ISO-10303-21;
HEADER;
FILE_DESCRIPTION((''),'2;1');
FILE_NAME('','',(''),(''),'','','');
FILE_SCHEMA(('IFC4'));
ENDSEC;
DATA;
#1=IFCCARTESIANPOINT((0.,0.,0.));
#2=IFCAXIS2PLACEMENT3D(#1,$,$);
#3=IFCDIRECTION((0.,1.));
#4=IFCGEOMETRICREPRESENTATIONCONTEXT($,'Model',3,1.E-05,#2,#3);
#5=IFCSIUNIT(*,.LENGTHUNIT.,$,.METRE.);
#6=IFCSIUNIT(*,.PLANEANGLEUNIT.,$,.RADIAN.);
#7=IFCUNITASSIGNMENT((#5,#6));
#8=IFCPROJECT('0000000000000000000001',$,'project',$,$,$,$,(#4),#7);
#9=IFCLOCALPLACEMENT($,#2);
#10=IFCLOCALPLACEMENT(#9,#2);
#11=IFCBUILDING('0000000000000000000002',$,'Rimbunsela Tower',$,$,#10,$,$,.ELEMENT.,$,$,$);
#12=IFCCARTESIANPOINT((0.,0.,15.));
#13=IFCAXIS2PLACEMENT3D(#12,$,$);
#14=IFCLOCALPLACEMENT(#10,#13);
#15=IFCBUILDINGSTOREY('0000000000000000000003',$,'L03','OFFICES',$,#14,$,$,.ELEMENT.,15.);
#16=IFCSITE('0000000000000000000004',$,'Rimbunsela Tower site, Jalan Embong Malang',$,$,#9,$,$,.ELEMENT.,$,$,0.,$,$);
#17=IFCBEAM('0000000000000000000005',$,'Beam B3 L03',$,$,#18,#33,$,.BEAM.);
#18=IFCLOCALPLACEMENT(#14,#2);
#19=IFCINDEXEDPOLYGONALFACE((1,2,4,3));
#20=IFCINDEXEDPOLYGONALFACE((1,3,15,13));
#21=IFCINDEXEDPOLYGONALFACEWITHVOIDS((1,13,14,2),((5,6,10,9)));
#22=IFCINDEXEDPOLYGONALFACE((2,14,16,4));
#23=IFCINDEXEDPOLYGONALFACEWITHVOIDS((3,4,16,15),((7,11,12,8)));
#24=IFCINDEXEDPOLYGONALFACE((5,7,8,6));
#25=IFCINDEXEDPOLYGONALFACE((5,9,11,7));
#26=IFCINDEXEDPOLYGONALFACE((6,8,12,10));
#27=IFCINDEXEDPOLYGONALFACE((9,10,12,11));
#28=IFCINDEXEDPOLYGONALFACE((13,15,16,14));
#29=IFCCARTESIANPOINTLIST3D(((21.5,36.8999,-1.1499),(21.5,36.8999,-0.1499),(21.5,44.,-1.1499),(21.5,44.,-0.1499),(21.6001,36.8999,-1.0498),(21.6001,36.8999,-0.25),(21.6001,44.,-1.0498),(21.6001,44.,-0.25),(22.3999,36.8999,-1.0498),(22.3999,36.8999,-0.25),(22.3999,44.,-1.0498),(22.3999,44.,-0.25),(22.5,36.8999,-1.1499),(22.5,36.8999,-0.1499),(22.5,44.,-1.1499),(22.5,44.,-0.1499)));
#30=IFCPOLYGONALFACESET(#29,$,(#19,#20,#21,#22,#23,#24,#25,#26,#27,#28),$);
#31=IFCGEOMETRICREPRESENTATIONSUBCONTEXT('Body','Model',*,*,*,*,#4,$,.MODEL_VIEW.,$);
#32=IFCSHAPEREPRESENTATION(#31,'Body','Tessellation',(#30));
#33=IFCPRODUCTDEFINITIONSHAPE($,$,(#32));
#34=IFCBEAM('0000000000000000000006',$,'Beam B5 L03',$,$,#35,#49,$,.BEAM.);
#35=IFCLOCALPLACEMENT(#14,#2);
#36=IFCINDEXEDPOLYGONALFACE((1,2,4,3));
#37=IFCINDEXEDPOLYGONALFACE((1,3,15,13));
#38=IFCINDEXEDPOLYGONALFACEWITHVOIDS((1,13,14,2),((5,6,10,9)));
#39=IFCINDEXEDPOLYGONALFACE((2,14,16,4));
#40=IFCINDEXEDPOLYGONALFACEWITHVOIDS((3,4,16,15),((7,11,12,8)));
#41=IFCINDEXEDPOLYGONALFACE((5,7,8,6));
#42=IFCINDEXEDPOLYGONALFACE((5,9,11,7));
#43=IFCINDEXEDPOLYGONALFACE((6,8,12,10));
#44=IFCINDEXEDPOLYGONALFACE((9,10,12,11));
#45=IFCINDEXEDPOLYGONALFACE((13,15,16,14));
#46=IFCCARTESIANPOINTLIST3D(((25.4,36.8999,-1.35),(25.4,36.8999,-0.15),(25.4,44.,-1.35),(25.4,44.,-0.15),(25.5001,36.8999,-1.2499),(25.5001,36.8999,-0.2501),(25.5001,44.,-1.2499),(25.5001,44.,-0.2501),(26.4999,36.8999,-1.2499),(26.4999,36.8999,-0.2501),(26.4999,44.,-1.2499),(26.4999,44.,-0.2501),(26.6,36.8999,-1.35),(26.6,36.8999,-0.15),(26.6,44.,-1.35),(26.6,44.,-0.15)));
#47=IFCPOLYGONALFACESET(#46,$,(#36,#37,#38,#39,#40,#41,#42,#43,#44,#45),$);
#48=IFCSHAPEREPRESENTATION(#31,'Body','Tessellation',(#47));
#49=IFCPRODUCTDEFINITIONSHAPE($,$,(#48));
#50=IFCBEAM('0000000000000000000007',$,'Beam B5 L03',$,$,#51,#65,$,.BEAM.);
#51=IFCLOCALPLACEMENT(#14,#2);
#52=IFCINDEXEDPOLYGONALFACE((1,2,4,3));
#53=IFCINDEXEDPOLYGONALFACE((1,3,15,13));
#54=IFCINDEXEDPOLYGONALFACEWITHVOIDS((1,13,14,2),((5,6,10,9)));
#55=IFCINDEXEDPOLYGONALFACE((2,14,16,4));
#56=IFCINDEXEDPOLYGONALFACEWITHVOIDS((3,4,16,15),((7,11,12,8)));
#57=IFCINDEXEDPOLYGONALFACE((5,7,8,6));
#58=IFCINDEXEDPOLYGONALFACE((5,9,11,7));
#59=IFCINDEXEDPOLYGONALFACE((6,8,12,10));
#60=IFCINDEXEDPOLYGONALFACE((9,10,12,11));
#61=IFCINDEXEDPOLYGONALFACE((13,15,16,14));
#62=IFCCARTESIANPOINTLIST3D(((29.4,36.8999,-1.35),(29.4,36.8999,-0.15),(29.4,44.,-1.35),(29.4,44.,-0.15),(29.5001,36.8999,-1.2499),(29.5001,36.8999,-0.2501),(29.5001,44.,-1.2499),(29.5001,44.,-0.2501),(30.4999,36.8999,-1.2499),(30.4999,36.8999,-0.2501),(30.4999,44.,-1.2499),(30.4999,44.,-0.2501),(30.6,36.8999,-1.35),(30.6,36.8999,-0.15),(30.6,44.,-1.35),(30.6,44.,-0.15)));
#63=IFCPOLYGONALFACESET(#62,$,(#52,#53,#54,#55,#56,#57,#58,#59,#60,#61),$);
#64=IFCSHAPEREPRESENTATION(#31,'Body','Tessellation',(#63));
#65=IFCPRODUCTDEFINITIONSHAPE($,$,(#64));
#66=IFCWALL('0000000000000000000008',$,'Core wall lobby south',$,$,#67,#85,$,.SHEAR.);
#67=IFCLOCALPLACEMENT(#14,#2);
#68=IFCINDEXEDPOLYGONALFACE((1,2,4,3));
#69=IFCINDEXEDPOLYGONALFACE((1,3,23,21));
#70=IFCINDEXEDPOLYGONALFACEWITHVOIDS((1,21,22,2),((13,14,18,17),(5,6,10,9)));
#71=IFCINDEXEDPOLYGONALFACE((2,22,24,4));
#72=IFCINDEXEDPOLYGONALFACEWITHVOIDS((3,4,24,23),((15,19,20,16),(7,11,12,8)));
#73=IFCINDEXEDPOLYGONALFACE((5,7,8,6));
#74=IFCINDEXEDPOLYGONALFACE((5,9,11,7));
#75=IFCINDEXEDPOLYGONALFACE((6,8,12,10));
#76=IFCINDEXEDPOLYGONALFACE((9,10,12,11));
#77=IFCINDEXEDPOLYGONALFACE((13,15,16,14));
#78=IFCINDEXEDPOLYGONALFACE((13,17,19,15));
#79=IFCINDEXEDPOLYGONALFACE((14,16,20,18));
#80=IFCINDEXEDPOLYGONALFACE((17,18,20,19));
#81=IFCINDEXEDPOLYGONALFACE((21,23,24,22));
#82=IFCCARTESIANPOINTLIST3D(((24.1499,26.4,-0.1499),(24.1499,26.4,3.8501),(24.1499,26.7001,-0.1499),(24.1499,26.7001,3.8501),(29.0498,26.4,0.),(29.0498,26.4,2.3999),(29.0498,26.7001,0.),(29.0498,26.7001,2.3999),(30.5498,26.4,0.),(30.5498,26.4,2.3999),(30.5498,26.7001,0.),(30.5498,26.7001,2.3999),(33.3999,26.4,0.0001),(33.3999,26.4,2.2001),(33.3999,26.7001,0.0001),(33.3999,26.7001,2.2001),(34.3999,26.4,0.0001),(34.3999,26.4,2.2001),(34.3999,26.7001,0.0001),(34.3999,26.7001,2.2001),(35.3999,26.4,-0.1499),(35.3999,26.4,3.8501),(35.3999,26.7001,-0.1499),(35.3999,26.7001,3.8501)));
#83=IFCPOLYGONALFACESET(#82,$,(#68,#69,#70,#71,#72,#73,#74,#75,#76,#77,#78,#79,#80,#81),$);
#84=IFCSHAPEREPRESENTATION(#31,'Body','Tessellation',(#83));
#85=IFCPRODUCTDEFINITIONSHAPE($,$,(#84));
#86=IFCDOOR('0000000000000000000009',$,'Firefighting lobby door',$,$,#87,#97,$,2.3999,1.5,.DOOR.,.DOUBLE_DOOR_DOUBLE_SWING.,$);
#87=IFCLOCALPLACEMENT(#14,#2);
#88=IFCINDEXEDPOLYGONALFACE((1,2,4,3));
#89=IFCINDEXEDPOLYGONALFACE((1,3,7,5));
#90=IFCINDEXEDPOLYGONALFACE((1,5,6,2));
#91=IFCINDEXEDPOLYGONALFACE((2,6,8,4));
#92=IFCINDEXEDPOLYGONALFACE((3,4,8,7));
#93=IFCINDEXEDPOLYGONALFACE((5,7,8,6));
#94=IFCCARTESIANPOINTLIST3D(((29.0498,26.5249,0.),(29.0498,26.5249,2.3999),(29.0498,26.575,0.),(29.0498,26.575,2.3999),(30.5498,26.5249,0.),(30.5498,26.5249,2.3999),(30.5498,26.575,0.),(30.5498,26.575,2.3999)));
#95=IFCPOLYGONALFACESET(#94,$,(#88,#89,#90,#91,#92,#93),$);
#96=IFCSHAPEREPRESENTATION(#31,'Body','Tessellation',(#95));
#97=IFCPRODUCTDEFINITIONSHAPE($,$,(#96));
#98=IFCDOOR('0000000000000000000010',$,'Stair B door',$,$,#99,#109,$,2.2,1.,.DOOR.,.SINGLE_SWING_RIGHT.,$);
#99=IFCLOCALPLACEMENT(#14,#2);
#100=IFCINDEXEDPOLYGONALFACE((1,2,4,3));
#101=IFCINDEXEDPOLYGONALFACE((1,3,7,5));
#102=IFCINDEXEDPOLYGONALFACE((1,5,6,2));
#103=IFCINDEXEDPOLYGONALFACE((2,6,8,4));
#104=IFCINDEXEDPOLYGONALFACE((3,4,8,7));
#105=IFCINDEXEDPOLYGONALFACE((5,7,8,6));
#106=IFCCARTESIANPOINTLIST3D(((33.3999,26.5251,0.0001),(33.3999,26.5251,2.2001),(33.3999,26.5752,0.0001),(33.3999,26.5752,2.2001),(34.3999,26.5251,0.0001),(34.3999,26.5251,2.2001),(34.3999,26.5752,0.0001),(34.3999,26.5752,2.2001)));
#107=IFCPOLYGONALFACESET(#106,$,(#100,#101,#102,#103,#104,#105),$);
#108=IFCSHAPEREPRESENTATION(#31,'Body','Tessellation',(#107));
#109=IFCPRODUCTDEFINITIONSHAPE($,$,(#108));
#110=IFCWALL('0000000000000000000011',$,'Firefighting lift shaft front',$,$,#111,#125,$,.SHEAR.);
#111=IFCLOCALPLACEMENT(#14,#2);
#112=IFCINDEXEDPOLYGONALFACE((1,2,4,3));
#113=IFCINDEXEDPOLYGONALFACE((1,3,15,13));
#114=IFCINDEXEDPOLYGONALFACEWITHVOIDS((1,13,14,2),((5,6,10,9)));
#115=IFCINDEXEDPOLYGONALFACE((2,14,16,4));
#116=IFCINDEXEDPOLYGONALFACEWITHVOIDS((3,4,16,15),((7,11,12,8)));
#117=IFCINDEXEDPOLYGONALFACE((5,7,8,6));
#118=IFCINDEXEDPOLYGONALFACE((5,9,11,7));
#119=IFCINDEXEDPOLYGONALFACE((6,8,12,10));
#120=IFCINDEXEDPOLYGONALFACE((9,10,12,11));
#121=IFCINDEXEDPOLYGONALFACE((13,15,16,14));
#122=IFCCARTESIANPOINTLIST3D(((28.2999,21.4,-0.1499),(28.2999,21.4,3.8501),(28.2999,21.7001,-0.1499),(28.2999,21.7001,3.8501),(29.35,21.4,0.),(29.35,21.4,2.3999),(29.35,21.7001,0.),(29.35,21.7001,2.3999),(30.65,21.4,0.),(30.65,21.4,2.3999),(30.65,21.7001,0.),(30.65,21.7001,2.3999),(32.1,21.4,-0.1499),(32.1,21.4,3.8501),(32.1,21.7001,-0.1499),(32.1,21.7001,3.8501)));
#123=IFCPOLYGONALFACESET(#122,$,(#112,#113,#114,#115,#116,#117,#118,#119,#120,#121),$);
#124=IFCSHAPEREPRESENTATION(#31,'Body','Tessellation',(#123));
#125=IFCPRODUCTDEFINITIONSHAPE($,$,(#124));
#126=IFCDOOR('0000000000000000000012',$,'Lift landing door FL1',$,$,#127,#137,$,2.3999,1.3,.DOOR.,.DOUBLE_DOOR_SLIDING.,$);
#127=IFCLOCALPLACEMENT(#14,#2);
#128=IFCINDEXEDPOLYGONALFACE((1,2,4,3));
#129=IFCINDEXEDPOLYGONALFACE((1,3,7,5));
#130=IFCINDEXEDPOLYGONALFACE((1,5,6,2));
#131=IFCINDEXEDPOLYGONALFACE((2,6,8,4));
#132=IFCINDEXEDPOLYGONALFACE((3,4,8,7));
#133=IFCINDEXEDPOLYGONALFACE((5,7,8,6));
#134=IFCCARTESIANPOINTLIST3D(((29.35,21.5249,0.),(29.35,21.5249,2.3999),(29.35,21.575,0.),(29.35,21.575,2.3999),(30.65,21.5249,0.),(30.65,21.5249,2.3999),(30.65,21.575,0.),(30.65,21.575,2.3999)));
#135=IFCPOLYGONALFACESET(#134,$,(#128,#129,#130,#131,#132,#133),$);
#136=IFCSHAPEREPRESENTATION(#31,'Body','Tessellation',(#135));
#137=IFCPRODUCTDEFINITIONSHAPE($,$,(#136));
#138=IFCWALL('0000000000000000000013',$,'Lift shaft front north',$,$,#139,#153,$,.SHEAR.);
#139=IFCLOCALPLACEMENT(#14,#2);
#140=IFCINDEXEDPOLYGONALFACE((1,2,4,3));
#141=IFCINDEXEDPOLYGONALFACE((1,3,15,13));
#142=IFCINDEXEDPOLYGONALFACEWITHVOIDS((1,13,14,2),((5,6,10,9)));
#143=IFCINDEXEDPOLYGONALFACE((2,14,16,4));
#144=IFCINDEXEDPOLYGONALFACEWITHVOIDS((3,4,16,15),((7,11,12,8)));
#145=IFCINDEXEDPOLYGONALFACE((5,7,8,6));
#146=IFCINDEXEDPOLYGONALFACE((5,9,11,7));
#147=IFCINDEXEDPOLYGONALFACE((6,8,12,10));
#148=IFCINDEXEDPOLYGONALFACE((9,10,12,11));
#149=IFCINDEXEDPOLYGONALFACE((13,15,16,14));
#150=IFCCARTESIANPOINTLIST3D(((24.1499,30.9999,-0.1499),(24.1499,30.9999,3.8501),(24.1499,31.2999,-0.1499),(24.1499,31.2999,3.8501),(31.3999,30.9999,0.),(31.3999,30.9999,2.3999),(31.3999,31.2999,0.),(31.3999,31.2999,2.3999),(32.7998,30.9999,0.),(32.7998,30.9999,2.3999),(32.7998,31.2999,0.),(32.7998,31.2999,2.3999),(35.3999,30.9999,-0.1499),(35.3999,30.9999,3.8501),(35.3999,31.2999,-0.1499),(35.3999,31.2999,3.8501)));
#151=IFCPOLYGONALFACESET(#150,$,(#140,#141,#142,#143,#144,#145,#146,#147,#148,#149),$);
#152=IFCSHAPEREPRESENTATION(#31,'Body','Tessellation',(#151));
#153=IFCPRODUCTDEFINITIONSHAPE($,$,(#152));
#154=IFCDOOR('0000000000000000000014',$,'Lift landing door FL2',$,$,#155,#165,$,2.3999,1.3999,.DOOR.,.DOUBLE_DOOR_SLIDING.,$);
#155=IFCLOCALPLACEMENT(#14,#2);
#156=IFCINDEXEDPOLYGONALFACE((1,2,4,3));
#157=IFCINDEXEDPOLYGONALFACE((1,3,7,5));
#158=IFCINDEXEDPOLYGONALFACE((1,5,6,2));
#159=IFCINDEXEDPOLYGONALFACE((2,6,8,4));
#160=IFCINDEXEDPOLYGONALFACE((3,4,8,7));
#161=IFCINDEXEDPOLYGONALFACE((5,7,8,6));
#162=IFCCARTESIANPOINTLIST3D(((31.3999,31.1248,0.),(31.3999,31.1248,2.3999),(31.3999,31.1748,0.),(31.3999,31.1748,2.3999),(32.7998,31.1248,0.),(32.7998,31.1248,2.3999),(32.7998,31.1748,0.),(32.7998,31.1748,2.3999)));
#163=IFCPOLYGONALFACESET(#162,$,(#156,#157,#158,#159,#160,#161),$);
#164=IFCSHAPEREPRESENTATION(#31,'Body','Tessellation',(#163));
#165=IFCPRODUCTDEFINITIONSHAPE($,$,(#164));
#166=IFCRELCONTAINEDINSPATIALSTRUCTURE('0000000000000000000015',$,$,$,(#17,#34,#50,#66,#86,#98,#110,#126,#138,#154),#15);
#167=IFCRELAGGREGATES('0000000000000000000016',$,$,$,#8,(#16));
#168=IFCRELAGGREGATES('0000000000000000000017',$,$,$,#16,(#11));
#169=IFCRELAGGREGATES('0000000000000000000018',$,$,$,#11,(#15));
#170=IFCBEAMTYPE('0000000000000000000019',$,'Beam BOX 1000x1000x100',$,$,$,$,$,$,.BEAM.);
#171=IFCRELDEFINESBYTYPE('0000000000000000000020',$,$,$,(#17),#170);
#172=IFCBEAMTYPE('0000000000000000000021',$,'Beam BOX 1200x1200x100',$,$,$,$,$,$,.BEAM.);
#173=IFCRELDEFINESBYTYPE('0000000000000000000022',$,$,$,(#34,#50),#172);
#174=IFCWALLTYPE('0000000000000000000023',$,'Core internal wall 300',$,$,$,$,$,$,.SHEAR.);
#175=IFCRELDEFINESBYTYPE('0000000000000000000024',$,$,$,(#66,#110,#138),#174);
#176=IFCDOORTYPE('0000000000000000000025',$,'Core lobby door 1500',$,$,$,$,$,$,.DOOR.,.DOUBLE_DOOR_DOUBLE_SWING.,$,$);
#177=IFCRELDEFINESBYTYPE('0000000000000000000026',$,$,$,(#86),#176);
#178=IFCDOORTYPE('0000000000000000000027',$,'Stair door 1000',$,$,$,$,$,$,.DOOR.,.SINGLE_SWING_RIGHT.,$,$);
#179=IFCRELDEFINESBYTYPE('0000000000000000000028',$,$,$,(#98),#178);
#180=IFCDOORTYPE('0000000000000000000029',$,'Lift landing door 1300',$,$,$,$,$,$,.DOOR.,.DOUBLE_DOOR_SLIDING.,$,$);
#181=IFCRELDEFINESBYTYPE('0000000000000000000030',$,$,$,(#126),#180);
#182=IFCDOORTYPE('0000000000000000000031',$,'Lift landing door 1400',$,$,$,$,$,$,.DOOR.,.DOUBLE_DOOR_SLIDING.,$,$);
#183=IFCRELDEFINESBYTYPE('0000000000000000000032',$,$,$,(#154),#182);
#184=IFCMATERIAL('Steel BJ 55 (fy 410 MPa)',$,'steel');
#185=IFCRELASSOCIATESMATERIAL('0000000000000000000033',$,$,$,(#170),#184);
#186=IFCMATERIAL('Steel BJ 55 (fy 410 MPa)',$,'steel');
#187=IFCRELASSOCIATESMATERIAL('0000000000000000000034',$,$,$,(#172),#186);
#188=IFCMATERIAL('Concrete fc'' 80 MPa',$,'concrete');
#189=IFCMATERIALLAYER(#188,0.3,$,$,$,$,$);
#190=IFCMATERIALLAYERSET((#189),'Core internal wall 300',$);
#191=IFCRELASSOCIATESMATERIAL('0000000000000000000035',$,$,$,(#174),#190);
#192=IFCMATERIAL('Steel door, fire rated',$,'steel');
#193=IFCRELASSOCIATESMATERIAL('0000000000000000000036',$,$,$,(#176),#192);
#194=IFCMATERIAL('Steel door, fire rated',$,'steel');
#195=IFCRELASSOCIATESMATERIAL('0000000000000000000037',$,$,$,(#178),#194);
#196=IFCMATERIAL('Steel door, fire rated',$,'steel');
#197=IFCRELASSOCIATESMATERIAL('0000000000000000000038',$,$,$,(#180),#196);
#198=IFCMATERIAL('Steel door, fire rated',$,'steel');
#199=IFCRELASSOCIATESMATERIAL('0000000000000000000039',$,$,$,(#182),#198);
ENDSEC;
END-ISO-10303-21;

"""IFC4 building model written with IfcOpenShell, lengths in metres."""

from ifc_helpers import new_model, si_unit, direction, frame, frame_2d, origin, origin_2d, place, context, subcontext, project, spatial, rectangle, hollow_rectangle, extrude, material, layer, layer_set, material_profile, profile_set, type_object, element, fill, save


model = new_model("IFC4")

# Units and contexts
model_context = context("Model", 3, precision=1e-05, world=origin(), true_north=direction((0.0, 1.0)))
body_context = subcontext(model_context, "Body", "Model", "MODEL_VIEW")
ifc_project = project(units=[si_unit("LENGTHUNIT", "METRE"), si_unit("PLANEANGLEUNIT", "RADIAN")], contexts=[model_context])

# Site, building, storey
site_placement = place(None, origin())
site = spatial("IfcSite", under=ifc_project, at=site_placement, Name="Rimbunsela Tower site, Jalan Embong Malang", CompositionType="ELEMENT", RefElevation=0.0)
building_placement = place(site_placement, origin())
building = spatial("IfcBuilding", under=site, at=building_placement, Name="Rimbunsela Tower", CompositionType="ELEMENT")
storey_placement = place(building_placement, frame((0.0, 0.0, 15.0)))
storey = spatial("IfcBuildingStorey", under=building, at=storey_placement, Name="L03", Description="OFFICES", CompositionType="ELEMENT", Elevation=15.0)

# Beams
ifc_material_1 = material(Name="Steel BJ 55 (fy 410 MPa)", Category="steel")
ifc_material_profile_1 = material_profile(ifc_material_1, hollow_rectangle(XDim=1.0, YDim=1.0, WallThickness=0.1001, at=origin_2d()), Name="BOX 1000x1000x100")
ifc_profile_set_1 = profile_set([ifc_material_profile_1], Name="Steel BJ 55 (fy 410 MPa)")
beam_type_1 = type_object("IfcBeamType", Name="Beam BOX 1000x1000x100", PredefinedType="BEAM", material=ifc_profile_set_1)
beam_placement = place(storey_placement, frame((22.0, 36.8999, -0.6499), z_axis=(0.0, 1.0, 0.0), x_axis=(-1.0, 0.0, 0.0)))
element("IfcBeam", 1, at=beam_placement, inside=storey, type_object=beam_type_1, Name="Beam B3 L03", PredefinedType="BEAM", context=body_context, shape_type="SweptSolid", body=[
    extrude(hollow_rectangle(XDim=1.0, YDim=1.0, WallThickness=0.1001, at=origin_2d()), origin(), (0.0, 0.0, 1.0), 7.1001),
])
ifc_material_2 = material(Name="Steel BJ 55 (fy 410 MPa)", Category="steel")
ifc_material_profile_2 = material_profile(ifc_material_2, hollow_rectangle(XDim=1.2, YDim=1.2, WallThickness=0.1001, at=origin_2d()), Name="BOX 1200x1200x100")
ifc_profile_set_2 = profile_set([ifc_material_profile_2], Name="Steel BJ 55 (fy 410 MPa)")
beam_type_2 = type_object("IfcBeamType", Name="Beam BOX 1200x1200x100", PredefinedType="BEAM", material=ifc_profile_set_2)
for number, where, z_axis, x_axis, name in (
    (2, (26.0, 36.8999, -0.75), (0.0, 1.0, 0.0), (-1.0, 0.0, 0.0), "Beam B5 L03"),
    (3, (30.0, 36.8999, -0.75), (0.0, 1.0, 0.0), (-1.0, 0.0, 0.0), "Beam B5 L03"),
):
    element("IfcBeam", number, at=place(storey_placement, frame(where, z_axis=z_axis, x_axis=x_axis)), inside=storey, type_object=beam_type_2, Name=name, PredefinedType="BEAM", context=body_context, shape_type="SweptSolid", body=[
        extrude(hollow_rectangle(XDim=1.2, YDim=1.2, WallThickness=0.1001, at=origin_2d()), origin(), (0.0, 0.0, 1.0), 7.1001),
    ])

# Wall, openings, doors
ifc_material_3 = material(Name="Concrete fc' 80 MPa", Category="concrete")
ifc_layer_1 = layer(ifc_material_3, 0.3)
ifc_layer_set_1 = layer_set([ifc_layer_1], Name="Core internal wall 300")
wall_type_1 = type_object("IfcWallType", Name="Core internal wall 300", PredefinedType="SHEAR", material=ifc_layer_set_1)
wall_1_placement = place(storey_placement, frame((24.1499, 26.55, -0.1499), z_axis=(0.0, 0.0, 1.0), x_axis=(1.0, 0.0, 0.0)))
wall_1 = element("IfcWall", 4, at=wall_1_placement, inside=storey, type_object=wall_type_1, Name="Core wall lobby south", PredefinedType="SHEAR", context=body_context, shape_type="SweptSolid", body=[
    extrude(rectangle(XDim=11.25, YDim=0.3, at=frame_2d((5.625, 0.0))), origin(), (0.0, 0.0, 1.0), 4.0),
])
opening_1_placement = place(wall_1_placement, frame((9.25, 0.0, 0.1499)))
opening_1 = element("IfcOpeningElement", 5, at=opening_1_placement, cuts=wall_1, PredefinedType="OPENING", context=body_context, shape_type="SweptSolid", body=[
    extrude(rectangle(XDim=1.0, YDim=2.2, at=frame_2d((0.5, 1.1001))), frame((0.0, 0.1599, 0.0), z_axis=(0.0, -1.0, 0.0), x_axis=(1.0, 0.0, 0.0)), (0.0, 0.0, 1.0), 0.3201),
])
opening_2_placement = place(wall_1_placement, frame((4.8999, 0.0, 0.1499)))
opening_2 = element("IfcOpeningElement", 6, at=opening_2_placement, cuts=wall_1, PredefinedType="OPENING", context=body_context, shape_type="SweptSolid", body=[
    extrude(rectangle(XDim=1.5, YDim=2.3999, at=frame_2d((0.75, 1.2))), frame((0.0, 0.1599, 0.0), z_axis=(0.0, -1.0, 0.0), x_axis=(1.0, 0.0, 0.0)), (0.0, 0.0, 1.0), 0.3201),
])
ifc_material_4 = material(Name="Steel door, fire rated", Category="steel")
door_type_1 = type_object("IfcDoorType", Name="Core lobby door 1500", OperationType="DOUBLE_DOOR_DOUBLE_SWING", PredefinedType="DOOR", material=ifc_material_4)
door_1_placement = place(opening_2_placement, origin())
door_1 = element("IfcDoor", 7, at=door_1_placement, inside=storey, type_object=door_type_1, Name="Firefighting lobby door", OperationType="DOUBLE_DOOR_DOUBLE_SWING", OverallHeight=2.3999, OverallWidth=1.5, PredefinedType="DOOR", context=body_context, shape_type="SweptSolid", body=[
    extrude(rectangle(XDim=1.5, YDim=2.3999, at=frame_2d((0.75, 1.2))), frame((0.0, 0.0249, 0.0), z_axis=(0.0, -1.0, 0.0), x_axis=(1.0, 0.0, 0.0)), (0.0, 0.0, 1.0), 0.05),
])
fill(opening_2, door_1)
ifc_material_5 = material(Name="Steel door, fire rated", Category="steel")
door_type_2 = type_object("IfcDoorType", Name="Stair door 1000", OperationType="SINGLE_SWING_RIGHT", PredefinedType="DOOR", material=ifc_material_5)
door_2_placement = place(opening_1_placement, frame((1.0, 0.0, 0.0), z_axis=(0.0, 0.0, 1.0), x_axis=(-1.0, 0.0, 0.0)))
door_2 = element("IfcDoor", 8, at=door_2_placement, inside=storey, type_object=door_type_2, Name="Stair B door", OperationType="SINGLE_SWING_RIGHT", OverallHeight=2.2, OverallWidth=1.0, PredefinedType="DOOR", context=body_context, shape_type="SweptSolid", body=[
    extrude(rectangle(XDim=1.0, YDim=2.2, at=frame_2d((0.5, 1.1001))), frame((0.0, 0.0249, 0.0), z_axis=(0.0, -1.0, 0.0), x_axis=(1.0, 0.0, 0.0)), (0.0, 0.0, 1.0), 0.05),
])
fill(opening_1, door_2)

# Walls, openings, doors
wall_2_placement = place(storey_placement, frame((28.3, 21.55, -0.1499), z_axis=(0.0, 0.0, 1.0), x_axis=(1.0, 0.0, 0.0)))
wall_2 = element("IfcWall", 9, at=wall_2_placement, inside=storey, type_object=wall_type_1, Name="Firefighting lift shaft front", PredefinedType="SHEAR", context=body_context, shape_type="SweptSolid", body=[
    extrude(rectangle(XDim=3.8, YDim=0.3, at=frame_2d((1.8999, 0.0))), origin(), (0.0, 0.0, 1.0), 4.0),
])
opening_3_placement = place(wall_2_placement, frame((1.05, 0.0, 0.1499)))
opening_3 = element("IfcOpeningElement", 10, at=opening_3_placement, cuts=wall_2, PredefinedType="OPENING", context=body_context, shape_type="SweptSolid", body=[
    extrude(rectangle(XDim=1.3, YDim=2.3999, at=frame_2d((0.6499, 1.2))), frame((0.0, 0.1599, 0.0), z_axis=(0.0, -1.0, 0.0), x_axis=(1.0, 0.0, 0.0)), (0.0, 0.0, 1.0), 0.3201),
])
ifc_material_6 = material(Name="Steel door, fire rated", Category="steel")
door_type_3 = type_object("IfcDoorType", Name="Lift landing door 1300", OperationType="DOUBLE_DOOR_SLIDING", PredefinedType="DOOR", material=ifc_material_6)
door_3_placement = place(opening_3_placement, origin())
door_3 = element("IfcDoor", 11, at=door_3_placement, inside=storey, type_object=door_type_3, Name="Lift landing door FL1", OperationType="DOUBLE_DOOR_SLIDING", OverallHeight=2.3999, OverallWidth=1.3, PredefinedType="DOOR", context=body_context, shape_type="SweptSolid", body=[
    extrude(rectangle(XDim=1.3, YDim=2.3999, at=frame_2d((0.6499, 1.2))), frame((0.0, 0.0249, 0.0), z_axis=(0.0, -1.0, 0.0), x_axis=(1.0, 0.0, 0.0)), (0.0, 0.0, 1.0), 0.05),
])
fill(opening_3, door_3)
wall_3_placement = place(storey_placement, frame((24.1499, 31.1499, -0.1499), z_axis=(0.0, 0.0, 1.0), x_axis=(1.0, 0.0, 0.0)))
wall_3 = element("IfcWall", 12, at=wall_3_placement, inside=storey, type_object=wall_type_1, Name="Lift shaft front north", PredefinedType="SHEAR", context=body_context, shape_type="SweptSolid", body=[
    extrude(rectangle(XDim=11.25, YDim=0.3, at=frame_2d((5.625, 0.0))), origin(), (0.0, 0.0, 1.0), 4.0),
])
opening_4_placement = place(wall_3_placement, frame((7.25, 0.0, 0.1499)))
opening_4 = element("IfcOpeningElement", 13, at=opening_4_placement, cuts=wall_3, PredefinedType="OPENING", context=body_context, shape_type="SweptSolid", body=[
    extrude(rectangle(XDim=1.3999, YDim=2.3999, at=frame_2d((0.7, 1.2))), frame((0.0, 0.1599, 0.0), z_axis=(0.0, -1.0, 0.0), x_axis=(1.0, 0.0, 0.0)), (0.0, 0.0, 1.0), 0.3201),
])
ifc_material_7 = material(Name="Steel door, fire rated", Category="steel")
door_type_4 = type_object("IfcDoorType", Name="Lift landing door 1400", OperationType="DOUBLE_DOOR_SLIDING", PredefinedType="DOOR", material=ifc_material_7)
door_4_placement = place(opening_4_placement, origin())
door_4 = element("IfcDoor", 14, at=door_4_placement, inside=storey, type_object=door_type_4, Name="Lift landing door FL2", OperationType="DOUBLE_DOOR_SLIDING", OverallHeight=2.3999, OverallWidth=1.3999, PredefinedType="DOOR", context=body_context, shape_type="SweptSolid", body=[
    extrude(rectangle(XDim=1.3999, YDim=2.3999, at=frame_2d((0.7, 1.2))), frame((0.0, 0.0249, 0.0), z_axis=(0.0, -1.0, 0.0), x_axis=(1.0, 0.0, 0.0)), (0.0, 0.0, 1.0), 0.05),
])
fill(opening_4, door_4)

save(model, "model.ifc")
